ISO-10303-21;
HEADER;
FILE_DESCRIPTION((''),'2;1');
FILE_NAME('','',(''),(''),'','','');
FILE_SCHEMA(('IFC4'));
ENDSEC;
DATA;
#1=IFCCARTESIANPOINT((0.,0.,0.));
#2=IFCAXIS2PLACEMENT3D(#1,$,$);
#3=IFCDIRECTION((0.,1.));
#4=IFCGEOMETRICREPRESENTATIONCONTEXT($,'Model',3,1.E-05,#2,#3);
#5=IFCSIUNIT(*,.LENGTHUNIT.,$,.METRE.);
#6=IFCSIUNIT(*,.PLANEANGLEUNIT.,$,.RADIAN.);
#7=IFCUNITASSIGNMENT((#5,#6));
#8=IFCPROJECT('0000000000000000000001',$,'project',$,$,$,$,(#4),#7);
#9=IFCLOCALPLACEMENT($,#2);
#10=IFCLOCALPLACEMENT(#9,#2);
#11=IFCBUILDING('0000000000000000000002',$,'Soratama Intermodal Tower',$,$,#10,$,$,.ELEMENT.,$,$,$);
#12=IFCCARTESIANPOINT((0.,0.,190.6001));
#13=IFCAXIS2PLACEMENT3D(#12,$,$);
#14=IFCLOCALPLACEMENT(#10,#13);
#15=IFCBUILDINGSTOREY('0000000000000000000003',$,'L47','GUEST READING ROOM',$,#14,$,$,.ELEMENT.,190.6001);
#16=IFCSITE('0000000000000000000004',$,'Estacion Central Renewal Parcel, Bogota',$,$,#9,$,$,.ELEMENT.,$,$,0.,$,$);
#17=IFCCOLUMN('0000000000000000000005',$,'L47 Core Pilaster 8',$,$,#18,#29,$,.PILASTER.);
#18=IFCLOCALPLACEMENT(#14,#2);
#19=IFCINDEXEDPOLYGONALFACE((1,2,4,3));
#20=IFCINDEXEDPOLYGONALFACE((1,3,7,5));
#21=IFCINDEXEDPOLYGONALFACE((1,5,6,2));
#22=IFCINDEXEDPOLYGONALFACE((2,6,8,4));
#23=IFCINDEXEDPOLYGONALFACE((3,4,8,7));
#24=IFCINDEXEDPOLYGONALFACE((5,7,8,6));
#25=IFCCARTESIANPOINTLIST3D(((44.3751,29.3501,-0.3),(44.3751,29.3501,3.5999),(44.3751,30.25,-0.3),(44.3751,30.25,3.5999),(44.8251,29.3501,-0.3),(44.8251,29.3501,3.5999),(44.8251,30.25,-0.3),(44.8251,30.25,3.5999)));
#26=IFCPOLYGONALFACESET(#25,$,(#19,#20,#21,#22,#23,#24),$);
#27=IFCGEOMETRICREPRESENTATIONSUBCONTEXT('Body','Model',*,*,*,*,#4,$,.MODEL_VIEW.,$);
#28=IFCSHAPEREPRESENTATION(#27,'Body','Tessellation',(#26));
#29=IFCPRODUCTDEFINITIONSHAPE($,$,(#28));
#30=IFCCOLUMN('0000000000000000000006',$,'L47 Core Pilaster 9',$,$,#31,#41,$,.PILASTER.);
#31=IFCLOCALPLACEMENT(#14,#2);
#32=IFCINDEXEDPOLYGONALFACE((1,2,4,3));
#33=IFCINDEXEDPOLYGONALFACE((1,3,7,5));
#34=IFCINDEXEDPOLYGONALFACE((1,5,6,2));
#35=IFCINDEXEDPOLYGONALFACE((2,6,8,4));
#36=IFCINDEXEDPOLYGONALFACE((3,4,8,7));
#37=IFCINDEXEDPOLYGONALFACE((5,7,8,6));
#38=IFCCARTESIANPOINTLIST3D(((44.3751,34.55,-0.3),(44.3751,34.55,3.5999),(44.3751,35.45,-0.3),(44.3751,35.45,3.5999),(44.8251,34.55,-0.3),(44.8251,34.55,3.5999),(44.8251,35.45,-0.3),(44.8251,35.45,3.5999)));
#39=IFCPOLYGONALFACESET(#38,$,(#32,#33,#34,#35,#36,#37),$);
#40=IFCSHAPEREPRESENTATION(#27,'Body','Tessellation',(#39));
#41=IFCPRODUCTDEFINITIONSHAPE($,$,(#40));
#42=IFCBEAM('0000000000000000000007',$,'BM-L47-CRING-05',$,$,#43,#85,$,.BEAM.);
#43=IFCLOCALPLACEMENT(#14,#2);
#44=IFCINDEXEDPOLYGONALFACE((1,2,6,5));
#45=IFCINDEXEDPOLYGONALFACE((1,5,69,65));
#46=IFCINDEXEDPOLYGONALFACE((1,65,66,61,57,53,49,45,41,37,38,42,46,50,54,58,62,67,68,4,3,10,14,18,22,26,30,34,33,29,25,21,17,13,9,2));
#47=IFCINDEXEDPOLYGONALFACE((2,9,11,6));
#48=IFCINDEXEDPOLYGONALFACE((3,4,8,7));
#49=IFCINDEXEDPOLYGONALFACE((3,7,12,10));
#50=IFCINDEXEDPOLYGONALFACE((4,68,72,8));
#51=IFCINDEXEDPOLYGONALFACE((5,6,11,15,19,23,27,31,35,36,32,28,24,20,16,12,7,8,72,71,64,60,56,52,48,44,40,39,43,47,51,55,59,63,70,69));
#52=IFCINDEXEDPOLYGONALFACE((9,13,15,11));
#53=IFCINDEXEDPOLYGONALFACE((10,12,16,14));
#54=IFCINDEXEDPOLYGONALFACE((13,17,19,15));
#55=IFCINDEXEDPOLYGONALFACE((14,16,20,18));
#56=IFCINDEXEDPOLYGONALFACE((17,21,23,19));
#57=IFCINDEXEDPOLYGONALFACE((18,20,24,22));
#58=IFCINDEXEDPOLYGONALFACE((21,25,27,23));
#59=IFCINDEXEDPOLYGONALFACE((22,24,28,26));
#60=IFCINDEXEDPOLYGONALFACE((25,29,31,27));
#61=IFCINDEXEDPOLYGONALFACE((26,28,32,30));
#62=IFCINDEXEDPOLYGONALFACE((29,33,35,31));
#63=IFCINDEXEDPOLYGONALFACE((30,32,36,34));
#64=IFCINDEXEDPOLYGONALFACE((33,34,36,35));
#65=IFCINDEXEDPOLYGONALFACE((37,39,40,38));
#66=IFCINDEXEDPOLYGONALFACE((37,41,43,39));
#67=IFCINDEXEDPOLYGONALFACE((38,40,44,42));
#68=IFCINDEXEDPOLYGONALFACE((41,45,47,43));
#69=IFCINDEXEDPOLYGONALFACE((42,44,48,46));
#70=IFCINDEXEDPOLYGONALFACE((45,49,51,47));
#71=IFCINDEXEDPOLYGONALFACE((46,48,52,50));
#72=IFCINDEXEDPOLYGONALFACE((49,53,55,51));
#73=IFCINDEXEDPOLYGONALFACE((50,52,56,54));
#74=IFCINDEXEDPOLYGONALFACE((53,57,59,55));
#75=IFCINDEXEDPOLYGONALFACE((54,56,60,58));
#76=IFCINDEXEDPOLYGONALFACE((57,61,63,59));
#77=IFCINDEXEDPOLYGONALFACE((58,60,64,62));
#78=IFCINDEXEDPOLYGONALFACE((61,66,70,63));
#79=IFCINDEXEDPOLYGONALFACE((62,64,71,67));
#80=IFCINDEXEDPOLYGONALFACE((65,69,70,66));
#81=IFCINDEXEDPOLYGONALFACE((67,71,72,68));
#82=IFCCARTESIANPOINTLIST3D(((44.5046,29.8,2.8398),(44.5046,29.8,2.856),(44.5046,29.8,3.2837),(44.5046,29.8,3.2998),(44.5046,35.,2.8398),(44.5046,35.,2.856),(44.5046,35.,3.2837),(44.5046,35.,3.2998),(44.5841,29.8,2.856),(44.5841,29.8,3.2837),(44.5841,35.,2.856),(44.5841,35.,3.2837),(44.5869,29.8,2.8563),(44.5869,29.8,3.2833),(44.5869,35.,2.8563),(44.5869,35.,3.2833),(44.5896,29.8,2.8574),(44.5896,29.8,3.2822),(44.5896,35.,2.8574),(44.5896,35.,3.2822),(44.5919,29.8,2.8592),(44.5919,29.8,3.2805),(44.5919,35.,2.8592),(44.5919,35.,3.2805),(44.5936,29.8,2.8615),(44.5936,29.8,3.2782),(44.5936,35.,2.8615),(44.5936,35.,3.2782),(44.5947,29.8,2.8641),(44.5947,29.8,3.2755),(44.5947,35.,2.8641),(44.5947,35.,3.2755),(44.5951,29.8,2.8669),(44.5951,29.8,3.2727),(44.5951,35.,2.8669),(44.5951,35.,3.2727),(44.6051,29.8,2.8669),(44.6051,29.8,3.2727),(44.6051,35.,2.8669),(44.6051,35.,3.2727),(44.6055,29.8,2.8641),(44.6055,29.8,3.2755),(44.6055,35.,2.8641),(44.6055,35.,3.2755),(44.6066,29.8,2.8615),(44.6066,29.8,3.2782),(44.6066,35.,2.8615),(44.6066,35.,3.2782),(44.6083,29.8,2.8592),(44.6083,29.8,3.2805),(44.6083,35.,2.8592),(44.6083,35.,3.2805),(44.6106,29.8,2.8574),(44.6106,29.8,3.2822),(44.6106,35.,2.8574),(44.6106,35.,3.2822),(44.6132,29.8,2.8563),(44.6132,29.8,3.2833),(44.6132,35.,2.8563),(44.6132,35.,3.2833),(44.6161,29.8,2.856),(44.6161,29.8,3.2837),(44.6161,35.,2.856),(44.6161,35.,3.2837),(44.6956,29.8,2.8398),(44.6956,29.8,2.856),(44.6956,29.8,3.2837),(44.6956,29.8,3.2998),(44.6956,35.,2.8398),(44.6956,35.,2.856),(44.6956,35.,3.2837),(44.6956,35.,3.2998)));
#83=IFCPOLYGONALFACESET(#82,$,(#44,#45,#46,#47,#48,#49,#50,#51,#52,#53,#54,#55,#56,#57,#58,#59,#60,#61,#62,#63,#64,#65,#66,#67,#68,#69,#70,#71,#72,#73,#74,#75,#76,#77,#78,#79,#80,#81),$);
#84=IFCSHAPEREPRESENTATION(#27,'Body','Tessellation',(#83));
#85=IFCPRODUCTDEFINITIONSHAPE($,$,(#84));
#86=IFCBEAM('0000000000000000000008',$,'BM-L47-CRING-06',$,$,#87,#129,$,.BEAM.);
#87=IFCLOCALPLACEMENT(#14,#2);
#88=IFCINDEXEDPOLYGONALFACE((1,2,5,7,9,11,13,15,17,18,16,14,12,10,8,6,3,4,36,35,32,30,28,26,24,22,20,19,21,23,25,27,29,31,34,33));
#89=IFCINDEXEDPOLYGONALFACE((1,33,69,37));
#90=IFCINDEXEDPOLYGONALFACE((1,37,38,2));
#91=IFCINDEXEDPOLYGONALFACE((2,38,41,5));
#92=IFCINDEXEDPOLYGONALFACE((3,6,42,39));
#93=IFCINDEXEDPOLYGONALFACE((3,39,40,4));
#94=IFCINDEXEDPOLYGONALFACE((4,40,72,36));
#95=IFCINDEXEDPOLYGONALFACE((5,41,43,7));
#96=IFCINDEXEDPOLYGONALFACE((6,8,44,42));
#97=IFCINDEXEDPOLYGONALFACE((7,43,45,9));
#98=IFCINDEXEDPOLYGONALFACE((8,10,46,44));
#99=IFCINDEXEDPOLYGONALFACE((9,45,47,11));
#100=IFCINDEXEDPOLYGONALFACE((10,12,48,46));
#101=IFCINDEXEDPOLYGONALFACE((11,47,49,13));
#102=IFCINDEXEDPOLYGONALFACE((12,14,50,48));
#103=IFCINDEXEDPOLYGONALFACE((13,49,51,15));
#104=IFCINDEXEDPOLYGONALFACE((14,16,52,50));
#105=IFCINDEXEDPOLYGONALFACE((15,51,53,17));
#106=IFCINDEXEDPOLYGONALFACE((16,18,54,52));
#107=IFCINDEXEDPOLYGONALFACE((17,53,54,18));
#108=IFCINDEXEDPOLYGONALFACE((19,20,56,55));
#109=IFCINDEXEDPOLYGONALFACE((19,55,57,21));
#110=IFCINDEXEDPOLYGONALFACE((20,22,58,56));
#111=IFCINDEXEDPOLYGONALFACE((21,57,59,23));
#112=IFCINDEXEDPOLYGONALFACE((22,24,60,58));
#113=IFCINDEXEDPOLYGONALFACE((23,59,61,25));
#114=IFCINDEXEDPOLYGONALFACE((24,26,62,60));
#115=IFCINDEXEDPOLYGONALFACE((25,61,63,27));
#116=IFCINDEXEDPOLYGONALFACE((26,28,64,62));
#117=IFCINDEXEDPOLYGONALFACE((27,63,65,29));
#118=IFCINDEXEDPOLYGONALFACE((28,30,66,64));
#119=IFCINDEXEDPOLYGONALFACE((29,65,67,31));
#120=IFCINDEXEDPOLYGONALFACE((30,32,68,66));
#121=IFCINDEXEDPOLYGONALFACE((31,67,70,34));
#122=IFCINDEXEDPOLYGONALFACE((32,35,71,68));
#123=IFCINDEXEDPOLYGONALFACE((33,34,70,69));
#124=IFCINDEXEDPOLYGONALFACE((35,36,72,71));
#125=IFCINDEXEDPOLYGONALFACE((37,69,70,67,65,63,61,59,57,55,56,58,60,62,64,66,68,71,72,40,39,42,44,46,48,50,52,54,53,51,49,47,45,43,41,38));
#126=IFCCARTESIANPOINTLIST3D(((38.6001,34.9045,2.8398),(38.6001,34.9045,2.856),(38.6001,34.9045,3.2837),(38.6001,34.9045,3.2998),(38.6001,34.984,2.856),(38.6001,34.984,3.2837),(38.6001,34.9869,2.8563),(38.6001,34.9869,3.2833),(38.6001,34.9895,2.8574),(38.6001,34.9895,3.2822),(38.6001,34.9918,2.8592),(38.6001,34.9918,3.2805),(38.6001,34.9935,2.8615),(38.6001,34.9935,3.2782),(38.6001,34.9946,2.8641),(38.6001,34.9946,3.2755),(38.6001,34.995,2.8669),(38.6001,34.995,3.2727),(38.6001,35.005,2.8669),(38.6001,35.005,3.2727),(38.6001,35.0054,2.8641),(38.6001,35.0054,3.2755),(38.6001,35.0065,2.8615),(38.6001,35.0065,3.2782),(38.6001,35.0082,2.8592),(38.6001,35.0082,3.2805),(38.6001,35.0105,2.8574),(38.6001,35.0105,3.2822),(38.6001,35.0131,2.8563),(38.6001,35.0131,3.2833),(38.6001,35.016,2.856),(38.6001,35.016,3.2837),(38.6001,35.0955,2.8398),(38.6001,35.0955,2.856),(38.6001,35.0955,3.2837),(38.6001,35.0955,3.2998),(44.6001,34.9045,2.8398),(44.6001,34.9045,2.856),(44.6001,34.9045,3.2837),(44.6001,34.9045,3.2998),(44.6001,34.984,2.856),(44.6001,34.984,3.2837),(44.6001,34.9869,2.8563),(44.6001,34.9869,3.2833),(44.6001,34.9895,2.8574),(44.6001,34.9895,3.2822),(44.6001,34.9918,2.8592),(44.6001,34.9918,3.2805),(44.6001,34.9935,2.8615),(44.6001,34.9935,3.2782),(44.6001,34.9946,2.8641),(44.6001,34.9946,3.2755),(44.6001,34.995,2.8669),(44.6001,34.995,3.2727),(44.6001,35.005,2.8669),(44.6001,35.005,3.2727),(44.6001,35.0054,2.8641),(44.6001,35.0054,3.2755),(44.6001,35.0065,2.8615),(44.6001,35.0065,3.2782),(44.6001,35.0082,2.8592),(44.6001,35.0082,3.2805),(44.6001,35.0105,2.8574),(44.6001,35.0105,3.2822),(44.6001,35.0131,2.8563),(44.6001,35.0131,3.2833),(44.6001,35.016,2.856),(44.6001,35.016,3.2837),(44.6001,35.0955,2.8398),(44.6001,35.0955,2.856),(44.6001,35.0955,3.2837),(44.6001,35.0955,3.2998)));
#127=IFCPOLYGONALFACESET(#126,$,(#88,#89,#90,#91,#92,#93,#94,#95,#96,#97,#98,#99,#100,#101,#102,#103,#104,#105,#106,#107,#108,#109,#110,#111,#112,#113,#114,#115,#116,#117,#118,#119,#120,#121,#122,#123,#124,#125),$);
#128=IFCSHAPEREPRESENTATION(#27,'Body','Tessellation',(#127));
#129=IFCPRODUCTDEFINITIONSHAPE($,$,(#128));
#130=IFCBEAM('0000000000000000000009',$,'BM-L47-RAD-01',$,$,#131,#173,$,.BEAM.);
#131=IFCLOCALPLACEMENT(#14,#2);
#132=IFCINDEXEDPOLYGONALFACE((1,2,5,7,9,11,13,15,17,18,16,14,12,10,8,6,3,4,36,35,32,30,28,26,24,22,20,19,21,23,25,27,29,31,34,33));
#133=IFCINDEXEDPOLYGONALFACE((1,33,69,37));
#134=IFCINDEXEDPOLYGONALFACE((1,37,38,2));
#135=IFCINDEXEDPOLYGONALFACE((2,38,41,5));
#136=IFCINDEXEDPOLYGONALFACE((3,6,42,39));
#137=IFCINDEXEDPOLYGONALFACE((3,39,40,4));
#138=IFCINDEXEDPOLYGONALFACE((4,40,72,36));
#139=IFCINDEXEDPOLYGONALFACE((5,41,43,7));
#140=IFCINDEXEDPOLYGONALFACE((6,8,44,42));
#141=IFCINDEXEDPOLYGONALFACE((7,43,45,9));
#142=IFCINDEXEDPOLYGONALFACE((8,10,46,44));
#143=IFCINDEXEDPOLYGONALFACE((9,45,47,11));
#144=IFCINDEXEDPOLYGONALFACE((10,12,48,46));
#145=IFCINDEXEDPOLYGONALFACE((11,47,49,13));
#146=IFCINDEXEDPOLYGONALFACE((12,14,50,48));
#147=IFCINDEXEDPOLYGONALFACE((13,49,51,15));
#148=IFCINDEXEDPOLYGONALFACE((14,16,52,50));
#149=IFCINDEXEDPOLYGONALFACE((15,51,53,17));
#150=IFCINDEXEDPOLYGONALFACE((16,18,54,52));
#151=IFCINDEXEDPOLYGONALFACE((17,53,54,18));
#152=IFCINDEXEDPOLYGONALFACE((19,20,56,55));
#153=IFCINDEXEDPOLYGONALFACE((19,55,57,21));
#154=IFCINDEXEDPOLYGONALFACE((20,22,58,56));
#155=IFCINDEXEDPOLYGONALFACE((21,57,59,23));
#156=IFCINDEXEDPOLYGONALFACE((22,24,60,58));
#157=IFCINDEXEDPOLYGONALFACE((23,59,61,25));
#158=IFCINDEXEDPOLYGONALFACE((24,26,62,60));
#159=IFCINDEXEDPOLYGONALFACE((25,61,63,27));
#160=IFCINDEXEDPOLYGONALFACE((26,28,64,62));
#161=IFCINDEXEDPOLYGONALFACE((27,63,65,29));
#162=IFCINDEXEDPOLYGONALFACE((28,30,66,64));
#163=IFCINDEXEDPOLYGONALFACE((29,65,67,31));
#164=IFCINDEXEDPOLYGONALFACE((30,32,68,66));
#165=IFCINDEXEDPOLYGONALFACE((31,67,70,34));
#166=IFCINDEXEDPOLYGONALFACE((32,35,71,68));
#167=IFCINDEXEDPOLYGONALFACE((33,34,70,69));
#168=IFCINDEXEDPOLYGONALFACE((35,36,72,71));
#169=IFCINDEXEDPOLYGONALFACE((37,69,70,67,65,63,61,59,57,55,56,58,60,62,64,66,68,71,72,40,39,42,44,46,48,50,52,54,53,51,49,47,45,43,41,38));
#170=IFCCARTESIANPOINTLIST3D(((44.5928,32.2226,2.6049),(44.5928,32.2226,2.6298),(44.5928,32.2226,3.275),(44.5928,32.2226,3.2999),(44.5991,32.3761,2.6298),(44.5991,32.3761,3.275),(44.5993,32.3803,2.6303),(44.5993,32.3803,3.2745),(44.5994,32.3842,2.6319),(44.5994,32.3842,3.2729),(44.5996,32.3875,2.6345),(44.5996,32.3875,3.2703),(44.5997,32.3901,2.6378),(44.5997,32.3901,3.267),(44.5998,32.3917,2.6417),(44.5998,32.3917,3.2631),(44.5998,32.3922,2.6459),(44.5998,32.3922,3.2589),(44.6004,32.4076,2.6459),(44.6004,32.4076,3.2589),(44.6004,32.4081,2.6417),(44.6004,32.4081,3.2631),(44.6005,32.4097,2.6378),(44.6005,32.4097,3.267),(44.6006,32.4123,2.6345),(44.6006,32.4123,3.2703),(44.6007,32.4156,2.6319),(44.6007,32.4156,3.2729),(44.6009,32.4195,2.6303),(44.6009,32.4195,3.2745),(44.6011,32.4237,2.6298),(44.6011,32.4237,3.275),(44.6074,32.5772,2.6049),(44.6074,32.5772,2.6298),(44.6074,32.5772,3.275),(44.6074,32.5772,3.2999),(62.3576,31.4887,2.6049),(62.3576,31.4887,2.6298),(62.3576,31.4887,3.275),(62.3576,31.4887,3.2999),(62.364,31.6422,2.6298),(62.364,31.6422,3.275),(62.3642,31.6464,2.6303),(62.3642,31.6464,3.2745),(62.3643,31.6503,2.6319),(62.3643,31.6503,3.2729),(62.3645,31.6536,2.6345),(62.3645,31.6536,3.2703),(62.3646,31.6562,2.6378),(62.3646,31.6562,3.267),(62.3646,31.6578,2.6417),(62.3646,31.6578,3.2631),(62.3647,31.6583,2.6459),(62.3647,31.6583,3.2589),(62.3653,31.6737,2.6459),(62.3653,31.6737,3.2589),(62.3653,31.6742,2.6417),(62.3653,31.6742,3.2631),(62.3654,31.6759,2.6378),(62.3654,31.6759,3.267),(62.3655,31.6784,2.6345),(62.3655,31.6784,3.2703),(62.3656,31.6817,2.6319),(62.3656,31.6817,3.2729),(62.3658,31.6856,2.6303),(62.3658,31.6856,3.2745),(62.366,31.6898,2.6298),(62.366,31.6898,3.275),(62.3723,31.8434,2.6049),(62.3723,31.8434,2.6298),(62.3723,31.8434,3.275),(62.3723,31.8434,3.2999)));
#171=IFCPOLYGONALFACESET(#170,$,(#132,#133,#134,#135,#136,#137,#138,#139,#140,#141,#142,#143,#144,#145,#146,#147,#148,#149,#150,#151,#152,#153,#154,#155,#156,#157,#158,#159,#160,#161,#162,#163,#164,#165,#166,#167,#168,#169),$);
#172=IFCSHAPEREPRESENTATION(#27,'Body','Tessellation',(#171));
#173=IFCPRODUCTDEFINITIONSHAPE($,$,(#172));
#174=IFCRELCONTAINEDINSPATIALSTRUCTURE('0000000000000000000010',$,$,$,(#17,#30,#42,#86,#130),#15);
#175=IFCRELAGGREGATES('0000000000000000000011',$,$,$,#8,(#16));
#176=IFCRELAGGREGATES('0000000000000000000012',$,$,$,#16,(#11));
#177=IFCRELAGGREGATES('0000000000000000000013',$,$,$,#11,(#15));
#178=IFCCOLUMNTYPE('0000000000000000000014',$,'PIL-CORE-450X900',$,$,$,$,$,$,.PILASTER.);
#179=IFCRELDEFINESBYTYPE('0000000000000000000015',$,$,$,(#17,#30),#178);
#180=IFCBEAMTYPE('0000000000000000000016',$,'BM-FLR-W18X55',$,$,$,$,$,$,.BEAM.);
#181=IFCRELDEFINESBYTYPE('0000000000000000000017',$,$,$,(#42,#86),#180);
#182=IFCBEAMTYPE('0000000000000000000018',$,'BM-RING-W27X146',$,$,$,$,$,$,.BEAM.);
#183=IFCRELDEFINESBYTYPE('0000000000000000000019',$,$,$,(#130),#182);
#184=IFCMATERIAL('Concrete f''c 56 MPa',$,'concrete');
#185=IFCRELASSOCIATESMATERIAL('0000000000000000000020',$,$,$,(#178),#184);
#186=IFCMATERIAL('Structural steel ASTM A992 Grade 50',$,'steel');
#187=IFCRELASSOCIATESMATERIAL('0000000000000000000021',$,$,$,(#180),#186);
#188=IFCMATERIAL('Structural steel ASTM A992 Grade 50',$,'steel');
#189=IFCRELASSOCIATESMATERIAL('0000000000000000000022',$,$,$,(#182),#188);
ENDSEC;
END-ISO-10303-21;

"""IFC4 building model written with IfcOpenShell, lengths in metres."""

from ifc_helpers import new_model, si_unit, direction, frame, origin, origin_2d, place, context, subcontext, project, spatial, rectangle, i_section, extrude, material, material_profile, profile_set, type_object, element, save


model = new_model("IFC4")

# Units and contexts
model_context = context("Model", 3, precision=1e-05, world=origin(), true_north=direction((0.0, 1.0)))
body_context = subcontext(model_context, "Body", "Model", "MODEL_VIEW")
ifc_project = project(units=[si_unit("LENGTHUNIT", "METRE"), si_unit("PLANEANGLEUNIT", "RADIAN")], contexts=[model_context])

# Site, building, storey
site_placement = place(None, origin())
site = spatial("IfcSite", under=ifc_project, at=site_placement, Name="Estacion Central Renewal Parcel, Bogota", CompositionType="ELEMENT", RefElevation=0.0)
building_placement = place(site_placement, origin())
building = spatial("IfcBuilding", under=site, at=building_placement, Name="Soratama Intermodal Tower", CompositionType="ELEMENT")
storey_placement = place(building_placement, frame((0.0, 0.0, 190.6001)))
storey = spatial("IfcBuildingStorey", under=building, at=storey_placement, Name="L47", Description="GUEST READING ROOM", CompositionType="ELEMENT", Elevation=190.6001)

# Columns
ifc_material_1 = material(Name="Concrete f'c 56 MPa", Category="concrete")
ifc_material_profile_1 = material_profile(ifc_material_1, rectangle(XDim=0.45, YDim=0.8999, at=origin_2d()), Name="RC450X900")
ifc_profile_set_1 = profile_set([ifc_material_profile_1], Name="Concrete f'c 56 MPa")
column_type = type_object("IfcColumnType", Name="PIL-CORE-450X900", PredefinedType="PILASTER", material=ifc_profile_set_1)
for number, where, z_axis, x_axis, name in (
    (1, (44.6001, 29.8, -0.3), (0.0, 0.0, 1.0), (1.0, 0.0, 0.0), "L47 Core Pilaster 8"),
    (2, (44.6001, 35.0, -0.3), (0.0, 0.0, 1.0), (1.0, 0.0, 0.0), "L47 Core Pilaster 9"),
):
    element("IfcColumn", number, at=place(storey_placement, frame(where, z_axis=z_axis, x_axis=x_axis)), inside=storey, type_object=column_type, Name=name, PredefinedType="PILASTER", context=body_context, shape_type="SweptSolid", body=[
        extrude(rectangle(XDim=0.45, YDim=0.8999, at=origin_2d()), origin(), (0.0, 0.0, 1.0), 3.8999),
    ])

# Beams
ifc_material_2 = material(Name="Structural steel ASTM A992 Grade 50", Category="steel")
ifc_material_profile_2 = material_profile(ifc_material_2, i_section(OverallWidth=0.1909, OverallDepth=0.46, WebThickness=0.01, FlangeThickness=0.0161, FilletRadius=0.011, at=origin_2d()), Name="W18X55")
ifc_profile_set_2 = profile_set([ifc_material_profile_2], Name="Structural steel ASTM A992 Grade 50")
beam_type_1 = type_object("IfcBeamType", Name="BM-FLR-W18X55", PredefinedType="BEAM", material=ifc_profile_set_2)
beam_1_placement = place(storey_placement, frame((44.6001, 29.8, 3.0698), z_axis=(0.0, 1.0, 0.0), x_axis=(-1.0, 0.0, 0.0)))
element("IfcBeam", 3, at=beam_1_placement, inside=storey, type_object=beam_type_1, Name="BM-L47-CRING-05", PredefinedType="BEAM", context=body_context, shape_type="SweptSolid", body=[
    extrude(i_section(OverallWidth=0.1909, OverallDepth=0.46, WebThickness=0.01, FlangeThickness=0.0161, FilletRadius=0.011, at=origin_2d()), origin(), (0.0, 0.0, 1.0), 5.2),
])
beam_2_placement = place(storey_placement, frame((44.6001, 35.0, 3.0698), z_axis=(-1.0, 0.0, 0.0), x_axis=(0.0, -1.0, 0.0)))
element("IfcBeam", 4, at=beam_2_placement, inside=storey, type_object=beam_type_1, Name="BM-L47-CRING-06", PredefinedType="BEAM", context=body_context, shape_type="SweptSolid", body=[
    extrude(i_section(OverallWidth=0.1909, OverallDepth=0.46, WebThickness=0.01, FlangeThickness=0.0161, FilletRadius=0.011, at=origin_2d()), origin(), (0.0, 0.0, 1.0), 6.0),
])
ifc_material_3 = material(Name="Structural steel ASTM A992 Grade 50", Category="steel")
ifc_material_profile_3 = material_profile(ifc_material_3, i_section(OverallWidth=0.355, OverallDepth=0.6951, WebThickness=0.0154, FlangeThickness=0.0249, FilletRadius=0.0161, at=origin_2d()), Name="W27X146")
ifc_profile_set_3 = profile_set([ifc_material_profile_3], Name="Structural steel ASTM A992 Grade 50")
beam_type_2 = type_object("IfcBeamType", Name="BM-RING-W27X146", PredefinedType="BEAM", material=ifc_profile_set_3)
beam_3_placement = place(storey_placement, frame((44.6001, 32.3999, 2.9524), z_axis=(0.999148, -0.041276, 0.0), x_axis=(0.041276, 0.999148, 0.0)))
element("IfcBeam", 5, at=beam_3_placement, inside=storey, type_object=beam_type_2, Name="BM-L47-RAD-01", PredefinedType="BEAM", context=body_context, shape_type="SweptSolid", body=[
    extrude(i_section(OverallWidth=0.355, OverallDepth=0.6951, WebThickness=0.0154, FlangeThickness=0.0249, FilletRadius=0.0161, at=origin_2d()), origin(), (0.0, 0.0, 1.0), 17.78),
])

save(model, "model.ifc")
